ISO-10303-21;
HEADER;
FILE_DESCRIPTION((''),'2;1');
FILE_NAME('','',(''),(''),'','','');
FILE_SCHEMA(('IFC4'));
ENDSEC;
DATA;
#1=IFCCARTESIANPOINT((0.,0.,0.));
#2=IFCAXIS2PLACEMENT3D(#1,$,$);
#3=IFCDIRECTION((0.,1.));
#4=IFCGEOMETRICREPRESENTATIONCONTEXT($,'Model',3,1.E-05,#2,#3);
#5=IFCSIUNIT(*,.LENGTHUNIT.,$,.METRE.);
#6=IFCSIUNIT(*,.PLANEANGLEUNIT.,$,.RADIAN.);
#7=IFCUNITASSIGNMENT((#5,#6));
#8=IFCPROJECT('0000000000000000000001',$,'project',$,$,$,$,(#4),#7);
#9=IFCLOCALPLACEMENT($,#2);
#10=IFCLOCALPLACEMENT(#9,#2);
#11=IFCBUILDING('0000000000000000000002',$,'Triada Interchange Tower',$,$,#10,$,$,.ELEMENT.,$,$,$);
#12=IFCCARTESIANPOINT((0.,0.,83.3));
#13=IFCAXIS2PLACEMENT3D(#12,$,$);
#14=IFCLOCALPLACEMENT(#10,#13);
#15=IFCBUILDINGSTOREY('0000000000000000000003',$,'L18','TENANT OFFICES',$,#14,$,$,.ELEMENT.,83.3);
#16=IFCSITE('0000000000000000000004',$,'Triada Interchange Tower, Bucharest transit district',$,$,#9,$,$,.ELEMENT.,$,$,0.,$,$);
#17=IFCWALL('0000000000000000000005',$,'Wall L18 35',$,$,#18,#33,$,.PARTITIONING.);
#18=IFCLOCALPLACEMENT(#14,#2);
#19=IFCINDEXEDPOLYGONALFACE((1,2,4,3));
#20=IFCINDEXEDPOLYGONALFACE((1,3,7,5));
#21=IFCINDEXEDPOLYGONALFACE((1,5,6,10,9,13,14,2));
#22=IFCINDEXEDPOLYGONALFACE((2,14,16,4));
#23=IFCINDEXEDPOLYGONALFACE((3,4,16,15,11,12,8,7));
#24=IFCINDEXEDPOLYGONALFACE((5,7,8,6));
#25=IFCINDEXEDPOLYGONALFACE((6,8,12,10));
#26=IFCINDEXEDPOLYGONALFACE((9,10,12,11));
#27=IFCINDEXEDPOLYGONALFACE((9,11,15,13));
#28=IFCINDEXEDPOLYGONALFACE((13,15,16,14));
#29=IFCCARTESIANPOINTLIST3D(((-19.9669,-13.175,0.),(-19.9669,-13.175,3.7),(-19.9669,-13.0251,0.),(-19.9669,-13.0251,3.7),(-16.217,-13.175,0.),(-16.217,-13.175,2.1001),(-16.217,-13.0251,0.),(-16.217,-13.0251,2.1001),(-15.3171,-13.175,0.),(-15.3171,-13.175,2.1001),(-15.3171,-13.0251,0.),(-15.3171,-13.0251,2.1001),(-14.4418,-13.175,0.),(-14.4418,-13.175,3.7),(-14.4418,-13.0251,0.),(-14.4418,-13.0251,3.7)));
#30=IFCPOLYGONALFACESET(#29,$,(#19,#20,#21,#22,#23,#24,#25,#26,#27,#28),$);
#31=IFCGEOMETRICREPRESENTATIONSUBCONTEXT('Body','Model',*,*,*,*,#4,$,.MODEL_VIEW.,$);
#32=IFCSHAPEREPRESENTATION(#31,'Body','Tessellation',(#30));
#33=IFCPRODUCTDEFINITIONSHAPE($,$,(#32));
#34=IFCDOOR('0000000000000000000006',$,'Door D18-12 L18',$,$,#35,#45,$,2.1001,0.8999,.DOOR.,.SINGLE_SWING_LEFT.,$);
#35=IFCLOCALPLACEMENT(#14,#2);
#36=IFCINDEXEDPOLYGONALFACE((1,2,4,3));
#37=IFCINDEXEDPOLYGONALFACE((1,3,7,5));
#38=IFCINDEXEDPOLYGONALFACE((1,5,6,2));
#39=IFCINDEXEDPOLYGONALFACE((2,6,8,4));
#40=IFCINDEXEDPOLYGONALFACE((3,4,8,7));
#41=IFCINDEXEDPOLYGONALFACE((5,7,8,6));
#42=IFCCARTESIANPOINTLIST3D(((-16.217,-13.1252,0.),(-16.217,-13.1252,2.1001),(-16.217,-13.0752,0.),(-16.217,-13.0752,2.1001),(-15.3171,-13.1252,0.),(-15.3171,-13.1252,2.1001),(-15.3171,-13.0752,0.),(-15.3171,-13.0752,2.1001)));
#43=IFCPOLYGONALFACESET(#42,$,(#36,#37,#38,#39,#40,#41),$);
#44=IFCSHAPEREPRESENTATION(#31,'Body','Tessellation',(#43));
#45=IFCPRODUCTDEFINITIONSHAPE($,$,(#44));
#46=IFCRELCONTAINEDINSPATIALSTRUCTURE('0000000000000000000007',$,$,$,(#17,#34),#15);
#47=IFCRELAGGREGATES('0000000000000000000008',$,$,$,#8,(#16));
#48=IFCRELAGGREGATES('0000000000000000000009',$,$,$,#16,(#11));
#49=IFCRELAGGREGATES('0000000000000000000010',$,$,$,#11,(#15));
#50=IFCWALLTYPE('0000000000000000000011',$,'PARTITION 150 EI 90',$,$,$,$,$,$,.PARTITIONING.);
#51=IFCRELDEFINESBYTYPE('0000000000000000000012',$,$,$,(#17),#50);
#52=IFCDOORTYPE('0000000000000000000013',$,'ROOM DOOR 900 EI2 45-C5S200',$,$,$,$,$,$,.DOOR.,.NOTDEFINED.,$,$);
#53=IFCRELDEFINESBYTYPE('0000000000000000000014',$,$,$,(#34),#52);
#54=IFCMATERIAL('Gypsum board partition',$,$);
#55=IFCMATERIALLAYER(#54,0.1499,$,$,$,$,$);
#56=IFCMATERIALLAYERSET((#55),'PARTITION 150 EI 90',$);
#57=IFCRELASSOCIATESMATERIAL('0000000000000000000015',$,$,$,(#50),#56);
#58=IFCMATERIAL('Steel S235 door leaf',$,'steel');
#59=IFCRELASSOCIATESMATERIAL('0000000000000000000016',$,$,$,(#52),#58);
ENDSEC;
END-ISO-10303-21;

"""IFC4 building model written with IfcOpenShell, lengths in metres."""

from ifc_helpers import new_model, si_unit, direction, frame, frame_2d, origin, place, context, subcontext, project, spatial, rectangle, extrude, material, layer, layer_set, type_object, element, fill, save


model = new_model("IFC4")

# Units and contexts
model_context = context("Model", 3, precision=1e-05, world=origin(), true_north=direction((0.0, 1.0)))
body_context = subcontext(model_context, "Body", "Model", "MODEL_VIEW")
ifc_project = project(units=[si_unit("LENGTHUNIT", "METRE"), si_unit("PLANEANGLEUNIT", "RADIAN")], contexts=[model_context])

# Site, building, storey
site_placement = place(None, origin())
site = spatial("IfcSite", under=ifc_project, at=site_placement, Name="Triada Interchange Tower, Bucharest transit district", CompositionType="ELEMENT", RefElevation=0.0)
building_placement = place(site_placement, origin())
building = spatial("IfcBuilding", under=site, at=building_placement, Name="Triada Interchange Tower", CompositionType="ELEMENT")
storey_placement = place(building_placement, frame((0.0, 0.0, 83.3)))
storey = spatial("IfcBuildingStorey", under=building, at=storey_placement, Name="L18", Description="TENANT OFFICES", CompositionType="ELEMENT", Elevation=83.3)

# Shared definitions
ifc_material_1 = material(Name="Gypsum board partition")
ifc_material_2 = material(Name="Steel S235 door leaf", Category="steel")

# Wall, opening, door
ifc_layer_1 = layer(ifc_material_1, 0.1499)
ifc_layer_set_1 = layer_set([ifc_layer_1], Name="PARTITION 150 EI 90")
wall_type_1 = type_object("IfcWallType", Name="PARTITION 150 EI 90", PredefinedType="PARTITIONING", material=ifc_layer_set_1)
wall_1_placement = place(storey_placement, frame((-19.967, -13.1001, 0.0), z_axis=(0.0, 0.0, 1.0), x_axis=(1.0, 0.0, 0.0)))
wall_1 = element("IfcWall", 1, at=wall_1_placement, inside=storey, type_object=wall_type_1, Name="Wall L18 35", PredefinedType="PARTITIONING", context=body_context, shape_type="SweptSolid", body=[
    extrude(rectangle(XDim=5.5251, YDim=0.1499, at=frame_2d((2.7627, 0.0))), origin(), (0.0, 0.0, 1.0), 3.7),
])
opening_1_placement = place(wall_1_placement, frame((3.75, 0.0, 0.0)))
opening_1 = element("IfcOpeningElement", 2, at=opening_1_placement, cuts=wall_1, PredefinedType="OPENING", context=body_context, shape_type="SweptSolid", body=[
    extrude(rectangle(XDim=0.8999, YDim=2.1001, at=frame_2d((0.45, 1.05))), frame((0.0, 0.085, 0.0), z_axis=(0.0, -1.0, 0.0), x_axis=(1.0, 0.0, 0.0)), (0.0, 0.0, 1.0), 0.1699),
])
door_type_1 = type_object("IfcDoorType", Name="ROOM DOOR 900 EI2 45-C5S200", OperationType="NOTDEFINED", PredefinedType="DOOR", material=ifc_material_2)
door_1_placement = place(opening_1_placement, origin())
door_1 = element("IfcDoor", 3, at=door_1_placement, inside=storey, type_object=door_type_1, Name="Door D18-12 L18", OperationType="SINGLE_SWING_LEFT", OverallHeight=2.1001, OverallWidth=0.8999, PredefinedType="DOOR", context=body_context, shape_type="SweptSolid", body=[
    extrude(rectangle(XDim=0.8999, YDim=2.1001, at=frame_2d((0.45, 1.05))), frame((0.0, 0.0249, 0.0), z_axis=(0.0, -1.0, 0.0), x_axis=(1.0, 0.0, 0.0)), (0.0, 0.0, 1.0), 0.05),
])
fill(opening_1, door_1)

save(model, "model.ifc")
